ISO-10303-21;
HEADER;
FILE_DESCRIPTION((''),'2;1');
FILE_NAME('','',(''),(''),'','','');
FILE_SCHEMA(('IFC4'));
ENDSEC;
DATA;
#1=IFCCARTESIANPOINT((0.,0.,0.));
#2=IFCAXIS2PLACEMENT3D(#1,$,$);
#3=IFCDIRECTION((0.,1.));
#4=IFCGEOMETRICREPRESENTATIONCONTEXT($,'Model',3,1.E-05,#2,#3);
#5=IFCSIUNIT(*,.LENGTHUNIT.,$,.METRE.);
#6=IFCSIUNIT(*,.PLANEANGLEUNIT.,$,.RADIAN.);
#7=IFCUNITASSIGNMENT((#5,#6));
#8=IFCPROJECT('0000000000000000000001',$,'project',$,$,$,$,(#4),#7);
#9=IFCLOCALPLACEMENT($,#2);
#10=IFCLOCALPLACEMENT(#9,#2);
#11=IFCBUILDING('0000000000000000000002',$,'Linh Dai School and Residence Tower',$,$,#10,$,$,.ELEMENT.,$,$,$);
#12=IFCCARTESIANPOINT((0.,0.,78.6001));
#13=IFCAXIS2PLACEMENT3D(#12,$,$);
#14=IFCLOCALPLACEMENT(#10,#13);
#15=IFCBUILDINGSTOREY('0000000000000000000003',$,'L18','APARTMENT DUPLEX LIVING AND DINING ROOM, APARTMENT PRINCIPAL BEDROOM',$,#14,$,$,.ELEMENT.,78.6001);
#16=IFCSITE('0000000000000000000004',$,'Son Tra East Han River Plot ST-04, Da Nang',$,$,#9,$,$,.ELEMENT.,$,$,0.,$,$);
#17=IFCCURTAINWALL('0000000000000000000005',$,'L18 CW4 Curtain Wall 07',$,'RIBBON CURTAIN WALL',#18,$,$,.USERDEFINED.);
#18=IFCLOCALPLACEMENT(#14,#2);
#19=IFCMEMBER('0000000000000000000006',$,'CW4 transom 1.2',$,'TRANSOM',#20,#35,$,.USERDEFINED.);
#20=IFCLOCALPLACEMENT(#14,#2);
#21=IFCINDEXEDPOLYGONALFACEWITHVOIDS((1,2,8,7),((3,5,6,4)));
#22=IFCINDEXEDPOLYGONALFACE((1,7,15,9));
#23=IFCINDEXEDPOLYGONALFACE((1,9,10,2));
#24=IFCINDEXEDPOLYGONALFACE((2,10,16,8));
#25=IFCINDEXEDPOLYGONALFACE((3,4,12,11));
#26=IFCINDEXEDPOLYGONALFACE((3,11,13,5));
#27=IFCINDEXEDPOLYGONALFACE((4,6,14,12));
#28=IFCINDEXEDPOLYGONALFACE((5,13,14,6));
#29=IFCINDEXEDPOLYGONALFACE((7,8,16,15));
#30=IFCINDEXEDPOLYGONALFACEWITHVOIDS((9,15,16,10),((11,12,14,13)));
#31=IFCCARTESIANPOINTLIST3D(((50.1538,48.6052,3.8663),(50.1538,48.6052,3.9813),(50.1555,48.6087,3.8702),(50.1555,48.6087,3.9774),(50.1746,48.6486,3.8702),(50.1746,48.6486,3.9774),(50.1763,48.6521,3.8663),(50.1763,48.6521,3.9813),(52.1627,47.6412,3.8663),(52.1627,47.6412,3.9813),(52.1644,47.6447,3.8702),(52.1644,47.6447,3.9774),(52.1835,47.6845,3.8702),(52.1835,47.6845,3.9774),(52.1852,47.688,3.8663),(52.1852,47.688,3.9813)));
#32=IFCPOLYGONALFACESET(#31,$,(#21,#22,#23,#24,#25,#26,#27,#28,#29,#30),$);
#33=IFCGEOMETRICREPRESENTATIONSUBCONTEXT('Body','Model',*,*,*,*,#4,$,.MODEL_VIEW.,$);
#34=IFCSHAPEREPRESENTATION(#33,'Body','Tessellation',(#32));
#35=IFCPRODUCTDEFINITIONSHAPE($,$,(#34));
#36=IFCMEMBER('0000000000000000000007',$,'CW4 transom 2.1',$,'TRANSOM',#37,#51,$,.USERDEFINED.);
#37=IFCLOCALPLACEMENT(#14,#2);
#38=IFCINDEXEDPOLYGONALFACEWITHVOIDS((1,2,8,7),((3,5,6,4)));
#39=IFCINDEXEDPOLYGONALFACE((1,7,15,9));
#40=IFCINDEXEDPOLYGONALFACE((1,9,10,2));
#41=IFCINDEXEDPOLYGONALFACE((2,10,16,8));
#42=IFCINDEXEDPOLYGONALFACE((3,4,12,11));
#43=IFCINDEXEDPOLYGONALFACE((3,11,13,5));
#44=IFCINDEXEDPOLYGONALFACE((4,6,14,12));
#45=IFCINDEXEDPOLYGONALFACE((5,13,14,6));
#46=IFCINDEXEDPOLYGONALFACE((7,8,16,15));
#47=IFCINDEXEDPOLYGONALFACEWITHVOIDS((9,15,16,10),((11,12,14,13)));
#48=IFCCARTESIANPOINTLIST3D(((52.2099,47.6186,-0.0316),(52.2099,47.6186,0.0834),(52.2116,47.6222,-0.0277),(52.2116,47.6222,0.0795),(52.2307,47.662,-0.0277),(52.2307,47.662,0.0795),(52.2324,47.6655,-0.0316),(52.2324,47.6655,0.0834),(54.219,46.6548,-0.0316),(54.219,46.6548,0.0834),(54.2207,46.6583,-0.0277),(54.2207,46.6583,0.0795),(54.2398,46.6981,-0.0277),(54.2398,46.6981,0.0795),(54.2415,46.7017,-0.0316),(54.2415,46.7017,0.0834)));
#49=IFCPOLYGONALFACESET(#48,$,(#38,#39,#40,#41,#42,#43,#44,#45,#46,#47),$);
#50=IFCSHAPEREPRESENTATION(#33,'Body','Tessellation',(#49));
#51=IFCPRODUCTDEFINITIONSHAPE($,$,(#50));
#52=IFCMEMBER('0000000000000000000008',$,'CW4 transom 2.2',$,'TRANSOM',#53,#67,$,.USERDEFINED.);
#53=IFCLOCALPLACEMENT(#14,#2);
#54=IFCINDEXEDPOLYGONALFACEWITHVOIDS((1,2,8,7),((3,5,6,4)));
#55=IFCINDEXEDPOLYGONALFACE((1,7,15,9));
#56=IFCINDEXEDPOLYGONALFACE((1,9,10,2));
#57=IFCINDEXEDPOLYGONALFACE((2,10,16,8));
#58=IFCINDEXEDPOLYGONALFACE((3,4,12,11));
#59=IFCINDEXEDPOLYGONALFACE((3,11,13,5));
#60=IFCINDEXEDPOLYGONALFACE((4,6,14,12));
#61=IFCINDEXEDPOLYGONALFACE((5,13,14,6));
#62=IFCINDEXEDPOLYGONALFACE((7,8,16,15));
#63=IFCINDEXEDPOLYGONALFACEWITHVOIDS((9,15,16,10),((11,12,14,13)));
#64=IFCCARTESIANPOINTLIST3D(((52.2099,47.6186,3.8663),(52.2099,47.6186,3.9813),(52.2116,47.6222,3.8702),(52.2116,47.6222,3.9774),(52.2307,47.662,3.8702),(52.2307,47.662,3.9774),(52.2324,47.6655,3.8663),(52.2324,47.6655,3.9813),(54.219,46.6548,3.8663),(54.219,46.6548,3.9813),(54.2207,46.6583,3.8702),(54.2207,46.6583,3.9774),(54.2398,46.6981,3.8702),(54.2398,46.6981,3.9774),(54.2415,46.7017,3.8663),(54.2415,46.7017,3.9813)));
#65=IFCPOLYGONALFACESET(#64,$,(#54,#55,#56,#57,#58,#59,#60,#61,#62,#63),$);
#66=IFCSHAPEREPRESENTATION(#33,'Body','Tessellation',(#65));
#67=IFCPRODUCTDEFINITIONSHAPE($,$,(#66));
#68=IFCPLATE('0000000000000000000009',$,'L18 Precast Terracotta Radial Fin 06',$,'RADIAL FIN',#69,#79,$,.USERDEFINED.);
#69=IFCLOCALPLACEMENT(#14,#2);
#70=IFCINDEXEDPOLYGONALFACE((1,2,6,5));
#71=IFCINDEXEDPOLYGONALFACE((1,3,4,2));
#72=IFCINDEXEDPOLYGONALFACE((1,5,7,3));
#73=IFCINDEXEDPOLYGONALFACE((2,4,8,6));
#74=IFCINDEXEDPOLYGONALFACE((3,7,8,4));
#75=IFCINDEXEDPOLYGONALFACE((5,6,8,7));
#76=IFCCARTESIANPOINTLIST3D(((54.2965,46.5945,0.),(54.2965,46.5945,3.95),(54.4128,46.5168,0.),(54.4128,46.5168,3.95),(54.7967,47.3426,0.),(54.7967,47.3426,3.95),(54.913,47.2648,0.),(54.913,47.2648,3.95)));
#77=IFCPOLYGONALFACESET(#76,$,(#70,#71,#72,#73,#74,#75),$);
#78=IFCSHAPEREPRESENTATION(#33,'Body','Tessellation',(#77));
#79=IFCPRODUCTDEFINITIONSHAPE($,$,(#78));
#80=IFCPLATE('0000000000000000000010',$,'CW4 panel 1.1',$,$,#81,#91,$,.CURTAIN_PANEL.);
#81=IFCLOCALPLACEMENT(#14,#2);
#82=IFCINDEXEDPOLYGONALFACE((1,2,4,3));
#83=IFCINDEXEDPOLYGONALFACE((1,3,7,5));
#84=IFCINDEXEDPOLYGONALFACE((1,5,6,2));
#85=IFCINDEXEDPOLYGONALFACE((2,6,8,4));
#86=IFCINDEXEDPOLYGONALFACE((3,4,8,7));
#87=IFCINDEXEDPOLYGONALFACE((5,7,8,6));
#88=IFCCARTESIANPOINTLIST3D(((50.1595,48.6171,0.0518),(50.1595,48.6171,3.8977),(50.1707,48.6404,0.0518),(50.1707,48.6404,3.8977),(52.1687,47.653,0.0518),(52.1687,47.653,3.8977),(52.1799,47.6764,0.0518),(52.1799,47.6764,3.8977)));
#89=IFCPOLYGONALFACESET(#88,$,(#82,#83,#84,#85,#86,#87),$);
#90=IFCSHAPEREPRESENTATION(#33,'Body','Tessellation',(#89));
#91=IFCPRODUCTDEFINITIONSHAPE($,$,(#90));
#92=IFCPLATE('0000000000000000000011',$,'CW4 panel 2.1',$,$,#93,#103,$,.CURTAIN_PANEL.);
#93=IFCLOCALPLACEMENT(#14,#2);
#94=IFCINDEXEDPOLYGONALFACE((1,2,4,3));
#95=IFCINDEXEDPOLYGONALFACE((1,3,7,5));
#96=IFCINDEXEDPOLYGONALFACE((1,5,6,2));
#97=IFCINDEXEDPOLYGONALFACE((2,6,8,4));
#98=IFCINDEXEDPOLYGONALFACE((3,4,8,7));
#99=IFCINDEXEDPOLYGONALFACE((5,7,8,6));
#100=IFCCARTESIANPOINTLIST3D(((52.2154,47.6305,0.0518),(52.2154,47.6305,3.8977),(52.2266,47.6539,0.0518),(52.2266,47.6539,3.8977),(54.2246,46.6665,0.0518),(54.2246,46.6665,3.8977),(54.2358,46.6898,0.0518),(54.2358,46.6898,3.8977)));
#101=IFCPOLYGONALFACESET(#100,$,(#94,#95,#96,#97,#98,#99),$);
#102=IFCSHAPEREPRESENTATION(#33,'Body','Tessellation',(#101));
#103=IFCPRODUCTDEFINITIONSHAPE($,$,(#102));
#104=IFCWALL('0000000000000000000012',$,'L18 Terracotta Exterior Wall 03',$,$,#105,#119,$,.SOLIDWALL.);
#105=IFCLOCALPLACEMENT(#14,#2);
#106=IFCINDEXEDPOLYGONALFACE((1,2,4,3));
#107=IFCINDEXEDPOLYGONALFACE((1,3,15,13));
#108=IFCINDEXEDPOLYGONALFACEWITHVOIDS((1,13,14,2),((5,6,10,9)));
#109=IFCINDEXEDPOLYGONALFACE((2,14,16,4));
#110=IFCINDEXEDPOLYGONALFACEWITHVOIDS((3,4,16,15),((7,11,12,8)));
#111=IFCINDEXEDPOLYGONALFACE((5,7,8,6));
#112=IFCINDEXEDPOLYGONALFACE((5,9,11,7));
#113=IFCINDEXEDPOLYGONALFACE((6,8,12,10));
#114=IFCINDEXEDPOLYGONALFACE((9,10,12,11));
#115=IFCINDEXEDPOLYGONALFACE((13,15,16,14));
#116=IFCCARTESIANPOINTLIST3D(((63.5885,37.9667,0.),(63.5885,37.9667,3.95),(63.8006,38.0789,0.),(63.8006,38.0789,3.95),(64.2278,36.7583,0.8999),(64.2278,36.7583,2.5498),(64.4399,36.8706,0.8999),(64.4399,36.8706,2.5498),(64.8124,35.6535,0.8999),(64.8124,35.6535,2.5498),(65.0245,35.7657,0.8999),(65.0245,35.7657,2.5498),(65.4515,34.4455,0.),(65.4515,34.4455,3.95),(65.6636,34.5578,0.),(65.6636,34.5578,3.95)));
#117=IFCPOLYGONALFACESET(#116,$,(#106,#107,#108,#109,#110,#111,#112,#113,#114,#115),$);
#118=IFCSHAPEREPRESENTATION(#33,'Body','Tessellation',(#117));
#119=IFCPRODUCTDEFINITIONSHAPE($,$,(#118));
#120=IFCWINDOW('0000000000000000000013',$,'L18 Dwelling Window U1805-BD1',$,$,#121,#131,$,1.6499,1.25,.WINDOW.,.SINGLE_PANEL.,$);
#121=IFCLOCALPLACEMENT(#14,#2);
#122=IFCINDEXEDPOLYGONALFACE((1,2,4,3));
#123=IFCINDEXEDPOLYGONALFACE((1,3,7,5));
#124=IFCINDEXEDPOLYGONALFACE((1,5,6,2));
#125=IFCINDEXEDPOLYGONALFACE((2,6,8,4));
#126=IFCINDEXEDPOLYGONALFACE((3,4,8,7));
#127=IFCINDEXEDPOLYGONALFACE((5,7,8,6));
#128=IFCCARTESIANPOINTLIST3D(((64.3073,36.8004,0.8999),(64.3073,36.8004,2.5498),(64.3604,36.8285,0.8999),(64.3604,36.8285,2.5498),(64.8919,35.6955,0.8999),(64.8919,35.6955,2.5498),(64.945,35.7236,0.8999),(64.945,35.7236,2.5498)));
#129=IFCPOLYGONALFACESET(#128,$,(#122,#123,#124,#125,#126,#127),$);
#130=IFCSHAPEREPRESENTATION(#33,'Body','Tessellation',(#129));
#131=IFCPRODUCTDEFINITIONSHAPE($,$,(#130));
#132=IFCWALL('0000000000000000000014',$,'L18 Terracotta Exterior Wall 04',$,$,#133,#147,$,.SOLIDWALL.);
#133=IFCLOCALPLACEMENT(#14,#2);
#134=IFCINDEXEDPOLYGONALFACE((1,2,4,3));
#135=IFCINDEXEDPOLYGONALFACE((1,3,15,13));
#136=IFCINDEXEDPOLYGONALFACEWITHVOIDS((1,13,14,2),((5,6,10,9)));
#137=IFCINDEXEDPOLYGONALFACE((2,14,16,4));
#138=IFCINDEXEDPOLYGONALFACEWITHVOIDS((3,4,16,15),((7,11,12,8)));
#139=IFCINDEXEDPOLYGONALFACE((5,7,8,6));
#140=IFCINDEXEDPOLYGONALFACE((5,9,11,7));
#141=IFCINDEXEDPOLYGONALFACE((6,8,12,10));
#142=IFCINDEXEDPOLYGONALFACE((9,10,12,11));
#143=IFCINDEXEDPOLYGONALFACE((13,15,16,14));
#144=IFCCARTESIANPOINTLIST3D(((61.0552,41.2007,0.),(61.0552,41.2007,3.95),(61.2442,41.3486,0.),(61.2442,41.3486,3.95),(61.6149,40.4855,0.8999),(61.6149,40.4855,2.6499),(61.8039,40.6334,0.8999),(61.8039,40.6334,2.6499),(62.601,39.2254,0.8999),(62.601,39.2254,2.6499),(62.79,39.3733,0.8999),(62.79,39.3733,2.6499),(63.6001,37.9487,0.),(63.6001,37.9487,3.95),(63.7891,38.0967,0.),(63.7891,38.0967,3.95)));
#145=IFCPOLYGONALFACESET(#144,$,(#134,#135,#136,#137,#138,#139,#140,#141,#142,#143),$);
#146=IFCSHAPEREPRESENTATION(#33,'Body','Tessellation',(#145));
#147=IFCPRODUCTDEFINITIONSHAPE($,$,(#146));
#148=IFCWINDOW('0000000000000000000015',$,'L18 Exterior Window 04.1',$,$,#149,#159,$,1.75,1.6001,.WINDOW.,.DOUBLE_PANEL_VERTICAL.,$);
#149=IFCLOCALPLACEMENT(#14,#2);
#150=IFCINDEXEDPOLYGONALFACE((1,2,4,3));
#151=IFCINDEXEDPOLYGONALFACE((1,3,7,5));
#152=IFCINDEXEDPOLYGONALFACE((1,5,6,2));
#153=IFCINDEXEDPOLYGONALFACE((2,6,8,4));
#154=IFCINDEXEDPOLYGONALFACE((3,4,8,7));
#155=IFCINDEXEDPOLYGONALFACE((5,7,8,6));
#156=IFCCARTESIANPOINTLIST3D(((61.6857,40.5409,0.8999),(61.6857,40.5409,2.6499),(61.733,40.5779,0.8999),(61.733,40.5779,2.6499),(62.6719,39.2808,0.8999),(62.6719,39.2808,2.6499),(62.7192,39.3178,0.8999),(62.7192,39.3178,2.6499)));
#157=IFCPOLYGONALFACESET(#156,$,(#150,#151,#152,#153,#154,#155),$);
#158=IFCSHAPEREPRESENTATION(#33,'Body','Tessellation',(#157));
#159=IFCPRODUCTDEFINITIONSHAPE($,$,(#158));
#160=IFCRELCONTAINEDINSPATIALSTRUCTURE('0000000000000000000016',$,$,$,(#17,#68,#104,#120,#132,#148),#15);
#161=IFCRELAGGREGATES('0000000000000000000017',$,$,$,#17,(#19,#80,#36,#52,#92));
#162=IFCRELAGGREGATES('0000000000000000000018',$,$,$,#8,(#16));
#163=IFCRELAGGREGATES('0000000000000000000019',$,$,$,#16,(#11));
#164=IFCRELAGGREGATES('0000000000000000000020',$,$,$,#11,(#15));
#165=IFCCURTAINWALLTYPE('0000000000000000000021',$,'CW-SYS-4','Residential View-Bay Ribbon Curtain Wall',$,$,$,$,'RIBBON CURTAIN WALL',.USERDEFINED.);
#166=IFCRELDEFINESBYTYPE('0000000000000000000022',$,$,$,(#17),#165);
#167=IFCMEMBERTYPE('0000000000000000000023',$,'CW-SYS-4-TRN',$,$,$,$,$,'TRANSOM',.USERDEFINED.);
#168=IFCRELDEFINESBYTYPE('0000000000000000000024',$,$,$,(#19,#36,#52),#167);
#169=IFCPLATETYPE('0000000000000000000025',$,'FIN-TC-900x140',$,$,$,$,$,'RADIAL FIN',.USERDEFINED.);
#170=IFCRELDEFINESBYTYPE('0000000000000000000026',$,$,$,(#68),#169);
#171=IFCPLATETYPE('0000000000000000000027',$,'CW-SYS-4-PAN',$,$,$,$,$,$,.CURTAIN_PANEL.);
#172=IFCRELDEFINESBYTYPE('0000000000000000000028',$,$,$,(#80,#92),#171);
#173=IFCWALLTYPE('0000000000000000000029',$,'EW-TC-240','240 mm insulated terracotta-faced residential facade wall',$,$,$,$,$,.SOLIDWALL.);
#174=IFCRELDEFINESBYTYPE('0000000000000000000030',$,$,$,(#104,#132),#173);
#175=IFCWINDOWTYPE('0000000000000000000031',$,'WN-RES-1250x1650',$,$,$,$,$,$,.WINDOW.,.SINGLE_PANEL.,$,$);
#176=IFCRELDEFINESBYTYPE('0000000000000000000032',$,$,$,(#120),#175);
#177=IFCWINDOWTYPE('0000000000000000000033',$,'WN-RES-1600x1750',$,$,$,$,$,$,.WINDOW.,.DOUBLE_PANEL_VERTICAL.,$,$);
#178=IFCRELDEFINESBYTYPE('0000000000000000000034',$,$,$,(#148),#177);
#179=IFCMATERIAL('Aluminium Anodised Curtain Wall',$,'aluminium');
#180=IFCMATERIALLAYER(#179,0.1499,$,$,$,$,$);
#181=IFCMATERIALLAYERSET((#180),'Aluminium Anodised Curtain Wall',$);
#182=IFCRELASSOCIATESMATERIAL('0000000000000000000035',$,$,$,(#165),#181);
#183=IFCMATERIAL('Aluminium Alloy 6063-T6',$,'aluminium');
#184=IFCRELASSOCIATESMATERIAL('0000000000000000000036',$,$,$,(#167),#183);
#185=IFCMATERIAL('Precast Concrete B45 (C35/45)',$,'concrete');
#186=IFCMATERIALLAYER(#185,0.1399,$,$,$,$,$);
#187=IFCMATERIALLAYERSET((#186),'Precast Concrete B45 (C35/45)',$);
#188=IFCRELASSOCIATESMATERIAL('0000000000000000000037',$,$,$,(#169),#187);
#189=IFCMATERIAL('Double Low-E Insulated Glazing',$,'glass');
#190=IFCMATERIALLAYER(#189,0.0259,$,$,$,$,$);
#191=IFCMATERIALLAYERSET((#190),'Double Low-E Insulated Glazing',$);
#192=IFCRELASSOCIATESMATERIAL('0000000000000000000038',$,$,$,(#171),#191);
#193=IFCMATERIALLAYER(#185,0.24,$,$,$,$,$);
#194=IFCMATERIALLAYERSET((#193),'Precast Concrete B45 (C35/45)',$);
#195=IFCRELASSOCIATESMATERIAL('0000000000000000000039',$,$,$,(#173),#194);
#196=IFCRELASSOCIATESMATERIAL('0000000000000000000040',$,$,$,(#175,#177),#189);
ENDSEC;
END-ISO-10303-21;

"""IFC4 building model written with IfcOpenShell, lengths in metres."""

from ifc_helpers import new_model, si_unit, direction, frame, frame_2d, origin, origin_2d, place, context, subcontext, project, spatial, rectangle, hollow_rectangle, extrude, source, transform, mapped, material, layer, layer_set, material_profile, profile_set, type_object, element, fill, aggregate, save


model = new_model("IFC4")

# Units and contexts
model_context = context("Model", 3, precision=1e-05, world=origin(), true_north=direction((0.0, 1.0)))
body_context = subcontext(model_context, "Body", "Model", "MODEL_VIEW")
ifc_project = project(units=[si_unit("LENGTHUNIT", "METRE"), si_unit("PLANEANGLEUNIT", "RADIAN")], contexts=[model_context])

# Site, building, storey
site_placement = place(None, origin())
site = spatial("IfcSite", under=ifc_project, at=site_placement, Name="Son Tra East Han River Plot ST-04, Da Nang", CompositionType="ELEMENT", RefElevation=0.0)
building_placement = place(site_placement, origin())
building = spatial("IfcBuilding", under=site, at=building_placement, Name="Linh Dai School and Residence Tower", CompositionType="ELEMENT")
storey_placement = place(building_placement, frame((0.0, 0.0, 78.6001)))
storey = spatial("IfcBuildingStorey", under=building, at=storey_placement, Name="L18", Description="APARTMENT DUPLEX LIVING AND DINING ROOM, APARTMENT PRINCIPAL BEDROOM", CompositionType="ELEMENT", Elevation=78.6001)

# Curtain wall, members
ifc_material_1 = material(Name="Aluminium Anodised Curtain Wall", Category="aluminium")
ifc_layer_1 = layer(ifc_material_1, 0.1499)
ifc_layer_set_1 = layer_set([ifc_layer_1], Name="Aluminium Anodised Curtain Wall")
curtain_wall_type = type_object("IfcCurtainWallType", Name="CW-SYS-4", Description="Residential View-Bay Ribbon Curtain Wall", ElementType="RIBBON CURTAIN WALL", PredefinedType="USERDEFINED", material=ifc_layer_set_1)
curtain_wall_placement = place(storey_placement, origin())
curtain_wall = element("IfcCurtainWall", 1, at=curtain_wall_placement, inside=storey, type_object=curtain_wall_type, Name="L18 CW4 Curtain Wall 07", ObjectType="RIBBON CURTAIN WALL", PredefinedType="USERDEFINED")
ifc_material_2 = material(Name="Aluminium Alloy 6063-T6", Category="aluminium")
ifc_material_profile_1 = material_profile(ifc_material_2, hollow_rectangle(XDim=0.052, YDim=0.115, WallThickness=0.0039, at=origin_2d()), Name="RHS 115x52x4")
ifc_profile_set_1 = profile_set([ifc_material_profile_1], Name="Aluminium Alloy 6063-T6")
member_type_1 = type_object("IfcMemberType", Name="CW-SYS-4-TRN", ElementType="TRANSOM", PredefinedType="USERDEFINED", material=ifc_profile_set_1)
shared_shape_1 = source(origin(), body_context, "Body", "SweptSolid", [
    extrude(hollow_rectangle(XDim=0.052, YDim=0.115, WallThickness=0.0039, at=origin_2d()), origin(), (0.0, 0.0, 1.0), 2.2283),
])
member_1_placement = place(storey_placement, frame((50.165, 48.6287, 3.9238), z_axis=(0.901562, -0.432649, 0.0), x_axis=(0.432649, 0.901562, 0.0)))
member_1 = element("IfcMember", 2, at=member_1_placement, type_object=member_type_1, Name="CW4 transom 1.2", ObjectType="TRANSOM", PredefinedType="USERDEFINED", context=body_context, shape_type="MappedRepresentation", body=[
    mapped(shared_shape_1, transform((0.0, 0.0, 0.0), x_axis=(1.0, 0.0, 0.0), y_axis=(0.0, 1.0, 0.0), z_axis=(0.0, 0.0, 1.0), scale=1.0)),
])
member_2_placement = place(storey_placement, frame((52.2212, 47.6421, 0.0259), z_axis=(0.901605, -0.43256, 0.0), x_axis=(0.43256, 0.901605, 0.0)))
member_2 = element("IfcMember", 3, at=member_2_placement, type_object=member_type_1, Name="CW4 transom 2.1", ObjectType="TRANSOM", PredefinedType="USERDEFINED", context=body_context, shape_type="MappedRepresentation", body=[
    mapped(shared_shape_1, transform((0.0, 0.0, 0.0), x_axis=(1.0, 0.0, 0.0), y_axis=(0.0, 1.0, 0.0), z_axis=(0.0, 0.0, 1.0), scale=1.0)),
])
member_3_placement = place(storey_placement, frame((52.2212, 47.6421, 3.9238), z_axis=(0.901605, -0.43256, 0.0), x_axis=(0.43256, 0.901605, 0.0)))
member_3 = element("IfcMember", 4, at=member_3_placement, type_object=member_type_1, Name="CW4 transom 2.2", ObjectType="TRANSOM", PredefinedType="USERDEFINED", context=body_context, shape_type="MappedRepresentation", body=[
    mapped(shared_shape_1, transform((0.0, 0.0, 0.0), x_axis=(1.0, 0.0, 0.0), y_axis=(0.0, 1.0, 0.0), z_axis=(0.0, 0.0, 1.0), scale=1.0)),
])

# Plates
ifc_material_3 = material(Name="Precast Concrete B45 (C35/45)", Category="concrete")
ifc_layer_2 = layer(ifc_material_3, 0.1399)
ifc_layer_set_2 = layer_set([ifc_layer_2], Name="Precast Concrete B45 (C35/45)")
plate_type_1 = type_object("IfcPlateType", Name="FIN-TC-900x140", ElementType="RADIAL FIN", PredefinedType="USERDEFINED", material=ifc_layer_set_2)
shared_shape_2 = source(origin(), body_context, "Body", "SweptSolid", [
    extrude(rectangle(XDim=0.8999, YDim=0.1399, at=origin_2d()), origin(), (0.0, 0.0, 1.0), 3.95),
])
plate_1_placement = place(storey_placement, frame((54.6047, 46.9297, 0.0), z_axis=(0.0, 0.0, 1.0), x_axis=(0.555898, 0.831251, 0.0)))
element("IfcPlate", 5, at=plate_1_placement, inside=storey, type_object=plate_type_1, Name="L18 Precast Terracotta Radial Fin 06", ObjectType="RADIAL FIN", PredefinedType="USERDEFINED", context=body_context, shape_type="MappedRepresentation", body=[
    mapped(shared_shape_2, transform((0.0, 0.0, 0.0), x_axis=(1.0, 0.0, 0.0), y_axis=(0.0, 1.0, 0.0), z_axis=(0.0, 0.0, 1.0), scale=1.0)),
])
ifc_material_4 = material(Name="Double Low-E Insulated Glazing", Category="glass")
ifc_layer_3 = layer(ifc_material_4, 0.0259)
ifc_layer_set_3 = layer_set([ifc_layer_3], Name="Double Low-E Insulated Glazing")
plate_type_2 = type_object("IfcPlateType", Name="CW-SYS-4-PAN", PredefinedType="CURTAIN_PANEL", material=ifc_layer_set_3)
shared_shape_3 = source(origin(), body_context, "Body", "SweptSolid", [
    extrude(rectangle(XDim=2.2285, YDim=0.0259, at=origin_2d()), origin(), (0.0, 0.0, 1.0), 3.8459),
])
plate_2_placement = place(storey_placement, frame((51.1697, 48.1467, 0.0518), z_axis=(0.0, 0.0, 1.0), x_axis=(0.901585, -0.432603, 0.0)))
plate_2 = element("IfcPlate", 6, at=plate_2_placement, type_object=plate_type_2, Name="CW4 panel 1.1", PredefinedType="CURTAIN_PANEL", context=body_context, shape_type="MappedRepresentation", body=[
    mapped(shared_shape_3, transform((0.0, 0.0, 0.0), x_axis=(1.0, 0.0, 0.0), y_axis=(0.0, 1.0, 0.0), z_axis=(0.0, 0.0, 1.0), scale=1.0)),
])
plate_3_placement = place(storey_placement, frame((53.2256, 47.1602, 0.0518), z_axis=(0.0, 0.0, 1.0), x_axis=(0.901585, -0.432603, 0.0)))
plate_3 = element("IfcPlate", 7, at=plate_3_placement, type_object=plate_type_2, Name="CW4 panel 2.1", PredefinedType="CURTAIN_PANEL", context=body_context, shape_type="MappedRepresentation", body=[
    mapped(shared_shape_3, transform((0.0, 0.0, 0.0), x_axis=(1.0, 0.0, 0.0), y_axis=(0.0, 1.0, 0.0), z_axis=(0.0, 0.0, 1.0), scale=1.0)),
])
aggregate(curtain_wall, [member_1, plate_2, member_2, member_3, plate_3])

# Walls, openings, windows
ifc_layer_4 = layer(ifc_material_3, 0.24)
ifc_layer_set_4 = layer_set([ifc_layer_4], Name="Precast Concrete B45 (C35/45)")
wall_type_1 = type_object("IfcWallType", Name="EW-TC-240", Description="240 mm insulated terracotta-faced residential facade wall", PredefinedType="SOLIDWALL", material=ifc_layer_set_4)
wall_1_placement = place(storey_placement, frame((63.6946, 38.0227, 0.0), z_axis=(0.0, 0.0, 1.0), x_axis=(0.467662, -0.883907, 0.0)))
wall_1 = element("IfcWall", 8, at=wall_1_placement, inside=storey, type_object=wall_type_1, Name="L18 Terracotta Exterior Wall 03", PredefinedType="SOLIDWALL", context=body_context, shape_type="SweptSolid", body=[
    extrude(rectangle(XDim=3.9836, YDim=0.24, at=frame_2d((1.9917, 0.0))), origin(), (0.0, 0.0, 1.0), 3.95),
])
opening_1_placement = place(wall_1_placement, frame((1.3669, 0.0, 0.8999)))
opening_1 = element("IfcOpeningElement", 9, at=opening_1_placement, cuts=wall_1, PredefinedType="OPENING", context=body_context, shape_type="SweptSolid", body=[
    extrude(rectangle(XDim=1.25, YDim=1.6499, at=origin_2d()), frame((0.625, 0.1299, 0.825), z_axis=(0.0, -1.0, 0.0), x_axis=(1.0, 0.0, 0.0)), (0.0, 0.0, 1.0), 0.26),
])
window_type_1 = type_object("IfcWindowType", Name="WN-RES-1250x1650", PartitioningType="SINGLE_PANEL", PredefinedType="WINDOW", material=ifc_material_4)
shared_shape_4 = source(origin(), body_context, "Body", "SweptSolid", [
    extrude(rectangle(XDim=1.25, YDim=1.6499, at=origin_2d()), frame((0.625, 0.03, 0.825), z_axis=(0.0, -1.0, 0.0), x_axis=(1.0, 0.0, 0.0)), (0.0, 0.0, 1.0), 0.0601),
])
window_1_placement = place(opening_1_placement, origin())
window_1 = element("IfcWindow", 10, at=window_1_placement, inside=storey, type_object=window_type_1, Name="L18 Dwelling Window U1805-BD1", OverallHeight=1.6499, OverallWidth=1.25, PartitioningType="SINGLE_PANEL", PredefinedType="WINDOW", context=body_context, shape_type="MappedRepresentation", body=[
    mapped(shared_shape_4, transform((0.0, 0.0, 0.0), x_axis=(1.0, 0.0, 0.0), y_axis=(0.0, 1.0, 0.0), z_axis=(0.0, 0.0, 1.0), scale=1.0)),
])
fill(opening_1, window_1)
wall_2_placement = place(storey_placement, frame((61.1497, 41.2747, 0.0), z_axis=(0.0, 0.0, 1.0), x_axis=(0.616296, -0.787515, 0.0)))
wall_2 = element("IfcWall", 11, at=wall_2_placement, inside=storey, type_object=wall_type_1, Name="L18 Terracotta Exterior Wall 04", PredefinedType="SOLIDWALL", context=body_context, shape_type="SweptSolid", body=[
    extrude(rectangle(XDim=4.1294, YDim=0.24, at=frame_2d((2.0647, 0.0))), origin(), (0.0, 0.0, 1.0), 3.95),
])
opening_2_placement = place(wall_2_placement, frame((0.9082, 0.0, 0.8999)))
opening_2 = element("IfcOpeningElement", 12, at=opening_2_placement, cuts=wall_2, PredefinedType="OPENING", context=body_context, shape_type="SweptSolid", body=[
    extrude(rectangle(XDim=1.6001, YDim=1.75, at=origin_2d()), frame((0.8, 0.1299, 0.875), z_axis=(0.0, -1.0, 0.0), x_axis=(1.0, 0.0, 0.0)), (0.0, 0.0, 1.0), 0.26),
])
window_type_2 = type_object("IfcWindowType", Name="WN-RES-1600x1750", PartitioningType="DOUBLE_PANEL_VERTICAL", PredefinedType="WINDOW", material=ifc_material_4)
shared_shape_5 = source(origin(), body_context, "Body", "SweptSolid", [
    extrude(rectangle(XDim=1.6001, YDim=1.75, at=origin_2d()), frame((0.8, 0.03, 0.875), z_axis=(0.0, -1.0, 0.0), x_axis=(1.0, 0.0, 0.0)), (0.0, 0.0, 1.0), 0.0601),
])
window_2_placement = place(opening_2_placement, origin())
window_2 = element("IfcWindow", 13, at=window_2_placement, inside=storey, type_object=window_type_2, Name="L18 Exterior Window 04.1", OverallHeight=1.75, OverallWidth=1.6001, PartitioningType="DOUBLE_PANEL_VERTICAL", PredefinedType="WINDOW", context=body_context, shape_type="MappedRepresentation", body=[
    mapped(shared_shape_5, transform((0.0, 0.0, 0.0), x_axis=(1.0, 0.0, 0.0), y_axis=(0.0, 1.0, 0.0), z_axis=(0.0, 0.0, 1.0), scale=1.0)),
])
fill(opening_2, window_2)

save(model, "model.ifc")
